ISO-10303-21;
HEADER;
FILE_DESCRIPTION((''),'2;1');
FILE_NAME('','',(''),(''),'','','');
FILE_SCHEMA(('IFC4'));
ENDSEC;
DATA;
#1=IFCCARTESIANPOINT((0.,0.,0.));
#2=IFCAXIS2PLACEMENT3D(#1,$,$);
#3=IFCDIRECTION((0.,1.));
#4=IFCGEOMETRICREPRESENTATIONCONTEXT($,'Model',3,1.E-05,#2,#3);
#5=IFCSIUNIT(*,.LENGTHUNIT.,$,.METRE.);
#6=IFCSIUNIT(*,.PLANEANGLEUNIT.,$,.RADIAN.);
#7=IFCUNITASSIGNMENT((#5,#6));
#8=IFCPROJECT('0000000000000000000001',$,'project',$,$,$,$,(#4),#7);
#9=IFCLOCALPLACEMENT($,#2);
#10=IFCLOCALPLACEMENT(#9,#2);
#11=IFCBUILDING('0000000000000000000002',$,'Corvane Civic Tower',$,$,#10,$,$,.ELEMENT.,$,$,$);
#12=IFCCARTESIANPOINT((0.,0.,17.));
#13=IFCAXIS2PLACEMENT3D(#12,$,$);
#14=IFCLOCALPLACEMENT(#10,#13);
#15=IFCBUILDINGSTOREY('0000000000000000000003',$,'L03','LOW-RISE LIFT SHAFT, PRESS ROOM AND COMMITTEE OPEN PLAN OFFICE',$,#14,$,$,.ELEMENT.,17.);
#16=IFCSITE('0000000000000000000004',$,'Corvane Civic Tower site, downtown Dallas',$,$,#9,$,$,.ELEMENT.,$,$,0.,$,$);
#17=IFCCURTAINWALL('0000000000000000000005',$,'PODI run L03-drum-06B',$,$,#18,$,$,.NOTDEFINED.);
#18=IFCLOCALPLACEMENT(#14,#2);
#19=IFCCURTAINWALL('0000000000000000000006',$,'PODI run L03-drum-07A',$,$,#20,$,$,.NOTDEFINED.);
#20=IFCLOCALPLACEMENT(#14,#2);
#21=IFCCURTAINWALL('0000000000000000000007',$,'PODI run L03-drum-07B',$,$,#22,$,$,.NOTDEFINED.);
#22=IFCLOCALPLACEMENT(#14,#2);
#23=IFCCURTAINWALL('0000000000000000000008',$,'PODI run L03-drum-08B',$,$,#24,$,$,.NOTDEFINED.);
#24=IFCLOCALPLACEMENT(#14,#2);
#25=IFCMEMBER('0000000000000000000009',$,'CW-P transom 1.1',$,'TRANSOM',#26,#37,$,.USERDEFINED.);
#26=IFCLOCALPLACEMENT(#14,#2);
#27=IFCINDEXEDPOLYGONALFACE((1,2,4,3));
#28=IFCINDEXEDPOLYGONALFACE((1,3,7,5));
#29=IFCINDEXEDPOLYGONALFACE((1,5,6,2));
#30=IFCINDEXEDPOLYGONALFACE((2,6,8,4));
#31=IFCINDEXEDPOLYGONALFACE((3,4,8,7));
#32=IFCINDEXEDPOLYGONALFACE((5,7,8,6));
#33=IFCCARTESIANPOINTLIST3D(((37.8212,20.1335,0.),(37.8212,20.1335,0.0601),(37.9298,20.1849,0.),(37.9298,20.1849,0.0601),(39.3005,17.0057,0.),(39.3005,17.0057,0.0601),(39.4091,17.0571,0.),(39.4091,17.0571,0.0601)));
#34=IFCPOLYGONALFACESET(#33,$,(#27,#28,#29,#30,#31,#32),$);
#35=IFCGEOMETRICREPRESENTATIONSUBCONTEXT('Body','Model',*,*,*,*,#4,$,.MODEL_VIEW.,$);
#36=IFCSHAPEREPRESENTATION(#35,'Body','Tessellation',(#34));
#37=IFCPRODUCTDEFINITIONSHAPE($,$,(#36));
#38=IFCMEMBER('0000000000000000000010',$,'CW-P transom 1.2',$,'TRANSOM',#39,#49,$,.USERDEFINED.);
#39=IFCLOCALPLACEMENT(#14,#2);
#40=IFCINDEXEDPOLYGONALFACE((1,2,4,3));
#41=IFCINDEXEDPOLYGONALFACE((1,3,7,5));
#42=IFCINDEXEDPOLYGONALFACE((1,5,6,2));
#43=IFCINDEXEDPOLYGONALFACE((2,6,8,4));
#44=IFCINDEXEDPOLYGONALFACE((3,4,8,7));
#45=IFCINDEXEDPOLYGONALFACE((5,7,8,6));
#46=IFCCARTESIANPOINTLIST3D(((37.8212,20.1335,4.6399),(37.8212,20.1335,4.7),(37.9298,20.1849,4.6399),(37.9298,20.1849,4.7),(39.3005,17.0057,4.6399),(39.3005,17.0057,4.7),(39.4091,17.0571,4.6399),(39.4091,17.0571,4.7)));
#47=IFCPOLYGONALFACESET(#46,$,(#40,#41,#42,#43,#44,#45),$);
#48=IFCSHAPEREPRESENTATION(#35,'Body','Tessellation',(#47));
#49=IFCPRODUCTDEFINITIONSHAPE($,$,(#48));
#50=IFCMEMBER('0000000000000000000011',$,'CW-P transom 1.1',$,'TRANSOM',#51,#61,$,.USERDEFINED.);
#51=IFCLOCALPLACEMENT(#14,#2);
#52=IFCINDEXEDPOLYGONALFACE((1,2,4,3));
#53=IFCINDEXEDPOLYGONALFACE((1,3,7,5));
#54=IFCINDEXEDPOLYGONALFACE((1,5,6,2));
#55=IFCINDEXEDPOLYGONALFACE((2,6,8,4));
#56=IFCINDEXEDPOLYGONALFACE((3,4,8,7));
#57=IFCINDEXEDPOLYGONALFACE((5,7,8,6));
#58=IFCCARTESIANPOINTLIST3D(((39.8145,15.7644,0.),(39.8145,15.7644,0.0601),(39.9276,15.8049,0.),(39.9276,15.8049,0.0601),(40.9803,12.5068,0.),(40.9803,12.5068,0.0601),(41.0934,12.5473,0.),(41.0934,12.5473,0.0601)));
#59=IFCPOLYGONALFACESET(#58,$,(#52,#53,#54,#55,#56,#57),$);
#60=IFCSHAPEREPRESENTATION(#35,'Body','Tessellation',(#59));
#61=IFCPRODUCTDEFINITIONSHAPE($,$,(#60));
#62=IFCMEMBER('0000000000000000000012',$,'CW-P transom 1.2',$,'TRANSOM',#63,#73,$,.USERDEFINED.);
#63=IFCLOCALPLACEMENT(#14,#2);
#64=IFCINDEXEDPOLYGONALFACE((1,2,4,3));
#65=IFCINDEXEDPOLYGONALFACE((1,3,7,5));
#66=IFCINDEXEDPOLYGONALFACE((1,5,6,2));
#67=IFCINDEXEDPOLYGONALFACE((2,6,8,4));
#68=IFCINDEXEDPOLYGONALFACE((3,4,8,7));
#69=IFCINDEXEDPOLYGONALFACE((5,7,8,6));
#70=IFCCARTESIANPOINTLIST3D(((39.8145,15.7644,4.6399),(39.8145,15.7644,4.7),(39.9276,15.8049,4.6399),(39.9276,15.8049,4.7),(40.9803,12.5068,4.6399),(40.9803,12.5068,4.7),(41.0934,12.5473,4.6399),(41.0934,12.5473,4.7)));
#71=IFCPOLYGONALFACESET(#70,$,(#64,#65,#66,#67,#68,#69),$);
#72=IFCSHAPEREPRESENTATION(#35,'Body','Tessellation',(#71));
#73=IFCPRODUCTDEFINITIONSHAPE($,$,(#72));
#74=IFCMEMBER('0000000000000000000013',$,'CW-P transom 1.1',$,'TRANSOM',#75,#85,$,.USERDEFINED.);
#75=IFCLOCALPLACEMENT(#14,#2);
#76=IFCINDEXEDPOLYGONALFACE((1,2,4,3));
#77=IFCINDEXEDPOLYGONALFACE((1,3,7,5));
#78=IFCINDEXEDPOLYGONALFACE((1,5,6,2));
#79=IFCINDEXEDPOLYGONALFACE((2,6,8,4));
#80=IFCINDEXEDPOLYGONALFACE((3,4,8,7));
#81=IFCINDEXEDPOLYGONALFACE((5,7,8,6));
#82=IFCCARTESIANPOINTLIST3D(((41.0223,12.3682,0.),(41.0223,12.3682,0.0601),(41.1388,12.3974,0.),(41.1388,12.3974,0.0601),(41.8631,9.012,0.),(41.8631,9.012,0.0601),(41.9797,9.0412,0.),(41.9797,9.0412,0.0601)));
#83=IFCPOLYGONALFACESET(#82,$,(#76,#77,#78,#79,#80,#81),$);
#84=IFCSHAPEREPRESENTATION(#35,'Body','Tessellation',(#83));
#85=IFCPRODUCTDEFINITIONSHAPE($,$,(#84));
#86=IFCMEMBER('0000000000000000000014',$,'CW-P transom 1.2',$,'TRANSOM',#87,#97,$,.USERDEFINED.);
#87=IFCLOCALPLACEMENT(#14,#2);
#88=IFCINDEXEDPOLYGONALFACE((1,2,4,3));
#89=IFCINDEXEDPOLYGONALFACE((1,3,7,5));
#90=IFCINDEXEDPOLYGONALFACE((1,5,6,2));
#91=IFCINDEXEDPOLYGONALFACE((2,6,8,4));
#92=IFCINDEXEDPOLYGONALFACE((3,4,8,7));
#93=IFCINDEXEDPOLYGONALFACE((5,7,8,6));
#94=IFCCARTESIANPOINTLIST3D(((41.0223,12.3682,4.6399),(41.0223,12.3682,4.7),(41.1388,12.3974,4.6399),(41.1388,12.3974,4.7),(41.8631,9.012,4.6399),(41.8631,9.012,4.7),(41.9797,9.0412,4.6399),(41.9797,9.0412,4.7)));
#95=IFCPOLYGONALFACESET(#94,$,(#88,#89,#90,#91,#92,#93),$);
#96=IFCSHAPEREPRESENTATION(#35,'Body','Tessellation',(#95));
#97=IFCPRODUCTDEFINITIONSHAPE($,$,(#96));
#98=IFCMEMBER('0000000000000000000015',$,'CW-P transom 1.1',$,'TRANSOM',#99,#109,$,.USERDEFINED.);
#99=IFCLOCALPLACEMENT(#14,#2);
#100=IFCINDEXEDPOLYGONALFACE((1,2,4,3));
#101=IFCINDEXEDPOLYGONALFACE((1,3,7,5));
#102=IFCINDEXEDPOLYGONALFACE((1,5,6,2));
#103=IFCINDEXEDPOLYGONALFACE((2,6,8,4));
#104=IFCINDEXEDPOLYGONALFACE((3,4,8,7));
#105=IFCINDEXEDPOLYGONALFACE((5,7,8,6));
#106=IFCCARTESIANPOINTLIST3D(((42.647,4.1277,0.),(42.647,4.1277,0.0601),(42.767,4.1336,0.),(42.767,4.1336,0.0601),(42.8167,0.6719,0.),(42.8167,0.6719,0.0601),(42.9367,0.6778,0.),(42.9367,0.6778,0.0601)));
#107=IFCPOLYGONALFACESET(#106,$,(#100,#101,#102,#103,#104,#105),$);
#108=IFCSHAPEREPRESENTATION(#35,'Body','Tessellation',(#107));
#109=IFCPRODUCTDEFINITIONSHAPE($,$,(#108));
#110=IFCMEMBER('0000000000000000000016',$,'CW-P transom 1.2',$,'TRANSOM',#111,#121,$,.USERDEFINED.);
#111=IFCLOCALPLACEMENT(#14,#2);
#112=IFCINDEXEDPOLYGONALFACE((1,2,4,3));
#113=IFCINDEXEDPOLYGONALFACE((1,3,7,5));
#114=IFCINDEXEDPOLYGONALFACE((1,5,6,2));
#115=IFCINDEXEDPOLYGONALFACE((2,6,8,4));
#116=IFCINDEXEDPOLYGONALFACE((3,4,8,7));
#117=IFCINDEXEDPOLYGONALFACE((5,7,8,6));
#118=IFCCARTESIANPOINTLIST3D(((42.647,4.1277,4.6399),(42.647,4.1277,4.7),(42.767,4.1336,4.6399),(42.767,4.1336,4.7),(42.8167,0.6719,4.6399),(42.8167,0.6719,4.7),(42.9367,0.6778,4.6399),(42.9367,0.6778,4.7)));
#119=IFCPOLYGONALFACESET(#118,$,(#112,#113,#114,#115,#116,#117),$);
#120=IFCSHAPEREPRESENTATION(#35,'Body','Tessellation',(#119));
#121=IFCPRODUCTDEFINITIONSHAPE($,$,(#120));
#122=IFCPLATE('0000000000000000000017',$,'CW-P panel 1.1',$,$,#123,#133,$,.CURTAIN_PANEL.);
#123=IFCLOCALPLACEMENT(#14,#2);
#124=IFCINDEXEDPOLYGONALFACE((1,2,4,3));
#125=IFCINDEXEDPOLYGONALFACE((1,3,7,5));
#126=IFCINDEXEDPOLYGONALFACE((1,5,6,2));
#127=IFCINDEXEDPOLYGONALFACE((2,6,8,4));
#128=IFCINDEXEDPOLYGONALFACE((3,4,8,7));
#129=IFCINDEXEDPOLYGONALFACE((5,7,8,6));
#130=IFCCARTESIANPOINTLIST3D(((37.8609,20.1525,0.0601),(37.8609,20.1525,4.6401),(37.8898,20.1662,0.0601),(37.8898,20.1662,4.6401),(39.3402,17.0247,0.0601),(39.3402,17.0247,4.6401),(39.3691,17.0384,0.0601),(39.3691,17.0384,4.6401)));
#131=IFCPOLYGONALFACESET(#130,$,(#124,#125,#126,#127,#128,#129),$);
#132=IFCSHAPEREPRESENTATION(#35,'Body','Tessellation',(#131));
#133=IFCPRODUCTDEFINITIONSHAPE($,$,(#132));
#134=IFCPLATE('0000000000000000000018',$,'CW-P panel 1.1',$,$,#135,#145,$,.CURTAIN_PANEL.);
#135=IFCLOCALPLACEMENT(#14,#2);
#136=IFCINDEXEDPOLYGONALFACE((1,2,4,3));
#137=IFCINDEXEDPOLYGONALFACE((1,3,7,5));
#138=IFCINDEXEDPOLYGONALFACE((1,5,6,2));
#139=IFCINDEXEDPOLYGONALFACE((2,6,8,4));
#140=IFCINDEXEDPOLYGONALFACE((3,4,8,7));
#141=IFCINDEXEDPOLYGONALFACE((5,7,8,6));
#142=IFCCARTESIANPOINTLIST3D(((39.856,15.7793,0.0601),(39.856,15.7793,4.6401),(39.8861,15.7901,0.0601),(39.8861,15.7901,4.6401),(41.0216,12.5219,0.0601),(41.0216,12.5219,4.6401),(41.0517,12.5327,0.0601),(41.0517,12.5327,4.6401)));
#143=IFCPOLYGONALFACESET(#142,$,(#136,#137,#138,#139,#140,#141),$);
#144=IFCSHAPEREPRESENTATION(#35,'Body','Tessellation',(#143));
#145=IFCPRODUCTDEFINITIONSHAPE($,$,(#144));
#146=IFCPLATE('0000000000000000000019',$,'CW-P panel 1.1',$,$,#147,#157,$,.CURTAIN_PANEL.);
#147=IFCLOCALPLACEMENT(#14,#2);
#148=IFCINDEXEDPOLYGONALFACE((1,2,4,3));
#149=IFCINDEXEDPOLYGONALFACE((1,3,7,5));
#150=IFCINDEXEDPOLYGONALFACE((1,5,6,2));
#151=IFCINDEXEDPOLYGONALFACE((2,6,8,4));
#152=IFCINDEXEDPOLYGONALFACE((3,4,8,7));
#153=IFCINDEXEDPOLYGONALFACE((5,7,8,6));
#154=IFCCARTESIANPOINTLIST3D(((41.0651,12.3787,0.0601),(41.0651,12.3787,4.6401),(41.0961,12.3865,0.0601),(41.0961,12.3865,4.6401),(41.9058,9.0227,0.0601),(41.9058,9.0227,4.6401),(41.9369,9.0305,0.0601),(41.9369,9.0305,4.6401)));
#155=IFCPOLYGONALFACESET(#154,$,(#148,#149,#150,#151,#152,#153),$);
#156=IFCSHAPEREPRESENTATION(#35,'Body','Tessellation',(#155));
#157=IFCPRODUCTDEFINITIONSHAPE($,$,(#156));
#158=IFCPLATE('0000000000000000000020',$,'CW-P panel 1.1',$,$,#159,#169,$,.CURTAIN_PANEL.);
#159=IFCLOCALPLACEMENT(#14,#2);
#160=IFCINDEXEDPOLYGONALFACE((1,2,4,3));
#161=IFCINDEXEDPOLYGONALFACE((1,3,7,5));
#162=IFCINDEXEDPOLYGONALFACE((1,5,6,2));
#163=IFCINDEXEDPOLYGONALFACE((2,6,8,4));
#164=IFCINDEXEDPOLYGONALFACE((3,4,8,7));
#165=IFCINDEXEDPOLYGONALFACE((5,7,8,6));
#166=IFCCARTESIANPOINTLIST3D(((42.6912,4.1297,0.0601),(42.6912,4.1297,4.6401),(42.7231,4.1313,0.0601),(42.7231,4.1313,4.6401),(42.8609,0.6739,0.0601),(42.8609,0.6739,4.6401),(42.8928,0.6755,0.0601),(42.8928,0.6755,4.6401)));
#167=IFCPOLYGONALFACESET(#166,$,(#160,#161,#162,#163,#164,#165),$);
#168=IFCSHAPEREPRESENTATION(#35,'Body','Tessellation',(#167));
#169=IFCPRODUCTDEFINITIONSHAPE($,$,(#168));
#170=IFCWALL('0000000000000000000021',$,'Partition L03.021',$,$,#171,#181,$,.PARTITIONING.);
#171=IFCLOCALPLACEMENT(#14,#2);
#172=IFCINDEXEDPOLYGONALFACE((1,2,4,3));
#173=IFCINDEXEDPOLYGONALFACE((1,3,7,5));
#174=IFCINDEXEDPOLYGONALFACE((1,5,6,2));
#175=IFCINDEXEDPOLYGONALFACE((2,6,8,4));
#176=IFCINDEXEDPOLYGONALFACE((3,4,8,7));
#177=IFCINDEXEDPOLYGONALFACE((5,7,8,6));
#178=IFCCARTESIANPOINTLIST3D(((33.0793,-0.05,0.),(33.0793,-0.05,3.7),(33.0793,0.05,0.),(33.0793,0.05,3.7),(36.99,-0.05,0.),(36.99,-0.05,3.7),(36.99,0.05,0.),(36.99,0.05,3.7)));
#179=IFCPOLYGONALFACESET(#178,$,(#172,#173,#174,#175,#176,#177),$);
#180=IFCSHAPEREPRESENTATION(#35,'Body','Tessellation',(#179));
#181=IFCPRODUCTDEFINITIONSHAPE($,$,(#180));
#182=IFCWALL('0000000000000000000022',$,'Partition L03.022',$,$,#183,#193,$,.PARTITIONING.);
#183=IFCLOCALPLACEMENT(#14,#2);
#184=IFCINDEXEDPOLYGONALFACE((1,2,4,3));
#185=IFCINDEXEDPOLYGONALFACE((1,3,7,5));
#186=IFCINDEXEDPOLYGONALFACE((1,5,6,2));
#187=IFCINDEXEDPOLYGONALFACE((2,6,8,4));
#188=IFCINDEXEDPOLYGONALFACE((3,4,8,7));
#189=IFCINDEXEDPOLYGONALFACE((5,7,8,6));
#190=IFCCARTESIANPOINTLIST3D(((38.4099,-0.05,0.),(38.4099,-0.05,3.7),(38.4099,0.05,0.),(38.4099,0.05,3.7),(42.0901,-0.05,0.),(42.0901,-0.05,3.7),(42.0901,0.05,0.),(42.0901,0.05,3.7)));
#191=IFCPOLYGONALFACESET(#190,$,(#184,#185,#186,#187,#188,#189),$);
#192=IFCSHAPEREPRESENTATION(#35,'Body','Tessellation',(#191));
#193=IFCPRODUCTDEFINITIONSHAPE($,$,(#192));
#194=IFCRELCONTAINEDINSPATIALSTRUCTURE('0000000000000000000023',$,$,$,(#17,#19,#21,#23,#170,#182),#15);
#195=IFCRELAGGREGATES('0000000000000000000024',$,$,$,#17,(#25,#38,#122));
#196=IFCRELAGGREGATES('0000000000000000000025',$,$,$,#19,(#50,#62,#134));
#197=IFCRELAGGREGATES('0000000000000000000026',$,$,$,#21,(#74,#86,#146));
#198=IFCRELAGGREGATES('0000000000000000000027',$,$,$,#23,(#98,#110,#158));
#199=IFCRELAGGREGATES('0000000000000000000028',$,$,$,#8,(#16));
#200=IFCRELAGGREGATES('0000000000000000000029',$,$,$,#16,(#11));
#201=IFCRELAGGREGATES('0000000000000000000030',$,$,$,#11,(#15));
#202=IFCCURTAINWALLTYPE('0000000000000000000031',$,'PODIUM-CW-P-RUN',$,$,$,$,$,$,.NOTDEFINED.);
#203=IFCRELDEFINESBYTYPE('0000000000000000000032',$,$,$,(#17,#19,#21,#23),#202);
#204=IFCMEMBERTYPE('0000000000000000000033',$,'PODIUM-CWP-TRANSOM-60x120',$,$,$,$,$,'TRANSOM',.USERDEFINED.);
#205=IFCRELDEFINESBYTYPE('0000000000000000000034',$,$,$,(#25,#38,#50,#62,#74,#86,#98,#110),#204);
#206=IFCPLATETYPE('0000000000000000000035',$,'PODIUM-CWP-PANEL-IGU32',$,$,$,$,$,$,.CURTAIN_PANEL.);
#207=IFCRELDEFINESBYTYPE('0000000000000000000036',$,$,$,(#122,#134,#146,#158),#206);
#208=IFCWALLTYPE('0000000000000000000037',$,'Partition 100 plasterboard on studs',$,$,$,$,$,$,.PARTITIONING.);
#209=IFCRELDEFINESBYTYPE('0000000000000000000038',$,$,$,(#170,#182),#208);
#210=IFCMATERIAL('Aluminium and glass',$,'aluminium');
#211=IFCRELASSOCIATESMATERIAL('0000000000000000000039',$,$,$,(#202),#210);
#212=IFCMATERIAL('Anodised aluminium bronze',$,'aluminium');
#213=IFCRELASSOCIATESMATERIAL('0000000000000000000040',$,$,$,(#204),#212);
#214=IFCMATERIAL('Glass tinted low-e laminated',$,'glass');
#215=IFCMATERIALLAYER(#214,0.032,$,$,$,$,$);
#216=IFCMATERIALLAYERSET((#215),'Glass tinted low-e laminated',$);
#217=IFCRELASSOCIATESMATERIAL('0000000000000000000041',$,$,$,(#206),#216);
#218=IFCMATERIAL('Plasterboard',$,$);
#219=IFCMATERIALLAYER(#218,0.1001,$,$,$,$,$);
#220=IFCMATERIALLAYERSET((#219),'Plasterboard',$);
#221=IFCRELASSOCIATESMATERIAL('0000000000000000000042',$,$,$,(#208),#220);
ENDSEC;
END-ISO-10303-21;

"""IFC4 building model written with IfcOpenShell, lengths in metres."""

from ifc_helpers import new_model, si_unit, direction, frame, frame_2d, origin, origin_2d, place, context, subcontext, project, spatial, rectangle, extrude, material, layer, layer_set, material_profile, profile_set, type_object, element, aggregate, save


model = new_model("IFC4")

# Units and contexts
model_context = context("Model", 3, precision=1e-05, world=origin(), true_north=direction((0.0, 1.0)))
body_context = subcontext(model_context, "Body", "Model", "MODEL_VIEW")
ifc_project = project(units=[si_unit("LENGTHUNIT", "METRE"), si_unit("PLANEANGLEUNIT", "RADIAN")], contexts=[model_context])

# Site, building, storey
site_placement = place(None, origin())
site = spatial("IfcSite", under=ifc_project, at=site_placement, Name="Corvane Civic Tower site, downtown Dallas", CompositionType="ELEMENT", RefElevation=0.0)
building_placement = place(site_placement, origin())
building = spatial("IfcBuilding", under=site, at=building_placement, Name="Corvane Civic Tower", CompositionType="ELEMENT")
storey_placement = place(building_placement, frame((0.0, 0.0, 17.0)))
storey = spatial("IfcBuildingStorey", under=building, at=storey_placement, Name="L03", Description="LOW-RISE LIFT SHAFT, PRESS ROOM AND COMMITTEE OPEN PLAN OFFICE", CompositionType="ELEMENT", Elevation=17.0)

# Curtain walls
ifc_material_1 = material(Name="Aluminium and glass", Category="aluminium")
curtain_wall_type = type_object("IfcCurtainWallType", Name="PODIUM-CW-P-RUN", PredefinedType="NOTDEFINED", material=ifc_material_1)
curtain_wall_1_placement = place(storey_placement, origin())
curtain_wall_1 = element("IfcCurtainWall", 1, at=curtain_wall_1_placement, inside=storey, type_object=curtain_wall_type, Name="PODI run L03-drum-06B", PredefinedType="NOTDEFINED")
curtain_wall_2_placement = place(storey_placement, origin())
curtain_wall_2 = element("IfcCurtainWall", 2, at=curtain_wall_2_placement, inside=storey, type_object=curtain_wall_type, Name="PODI run L03-drum-07A", PredefinedType="NOTDEFINED")
curtain_wall_3_placement = place(storey_placement, origin())
curtain_wall_3 = element("IfcCurtainWall", 3, at=curtain_wall_3_placement, inside=storey, type_object=curtain_wall_type, Name="PODI run L03-drum-07B", PredefinedType="NOTDEFINED")
curtain_wall_4_placement = place(storey_placement, origin())
curtain_wall_4 = element("IfcCurtainWall", 4, at=curtain_wall_4_placement, inside=storey, type_object=curtain_wall_type, Name="PODI run L03-drum-08B", PredefinedType="NOTDEFINED")

# Members
ifc_material_2 = material(Name="Anodised aluminium bronze", Category="aluminium")
ifc_material_profile_1 = material_profile(ifc_material_2, rectangle(XDim=0.1201, YDim=0.0601, at=origin_2d()), Name="AL 120x60")
ifc_profile_set_1 = profile_set([ifc_material_profile_1], Name="Anodised aluminium bronze")
member_type_1 = type_object("IfcMemberType", Name="PODIUM-CWP-TRANSOM-60x120", ElementType="TRANSOM", PredefinedType="USERDEFINED", material=ifc_profile_set_1)
member_1_placement = place(storey_placement, frame((37.8755, 20.1592, 0.03), z_axis=(0.427546, -0.903993, 0.0), x_axis=(0.903993, 0.427546, 0.0)))
member_1 = element("IfcMember", 5, at=member_1_placement, type_object=member_type_1, Name="CW-P transom 1.1", ObjectType="TRANSOM", PredefinedType="USERDEFINED", context=body_context, shape_type="SweptSolid", body=[
    extrude(rectangle(XDim=0.1201, YDim=0.0601, at=origin_2d()), origin(), (0.0, 0.0, 1.0), 3.46),
])
member_2_placement = place(storey_placement, frame((37.8755, 20.1592, 4.6699), z_axis=(0.427546, -0.903993, 0.0), x_axis=(0.903993, 0.427546, 0.0)))
member_2 = element("IfcMember", 6, at=member_2_placement, type_object=member_type_1, Name="CW-P transom 1.2", ObjectType="TRANSOM", PredefinedType="USERDEFINED", context=body_context, shape_type="SweptSolid", body=[
    extrude(rectangle(XDim=0.1201, YDim=0.0601, at=origin_2d()), origin(), (0.0, 0.0, 1.0), 3.46),
])
member_3_placement = place(storey_placement, frame((39.8711, 15.7847, 0.03), z_axis=(0.33694, -0.941526, 0.0), x_axis=(0.941526, 0.33694, 0.0)))
member_3 = element("IfcMember", 7, at=member_3_placement, type_object=member_type_1, Name="CW-P transom 1.1", ObjectType="TRANSOM", PredefinedType="USERDEFINED", context=body_context, shape_type="SweptSolid", body=[
    extrude(rectangle(XDim=0.1201, YDim=0.0601, at=origin_2d()), origin(), (0.0, 0.0, 1.0), 3.46),
])
member_4_placement = place(storey_placement, frame((39.8711, 15.7847, 4.6699), z_axis=(0.33694, -0.941526, 0.0), x_axis=(0.941526, 0.33694, 0.0)))
member_4 = element("IfcMember", 8, at=member_4_placement, type_object=member_type_1, Name="CW-P transom 1.2", ObjectType="TRANSOM", PredefinedType="USERDEFINED", context=body_context, shape_type="SweptSolid", body=[
    extrude(rectangle(XDim=0.1201, YDim=0.0601, at=origin_2d()), origin(), (0.0, 0.0, 1.0), 3.46),
])
member_5_placement = place(storey_placement, frame((41.0806, 12.3828, 0.03), z_axis=(0.243017, -0.970022, 0.0), x_axis=(0.970022, 0.243017, 0.0)))
member_5 = element("IfcMember", 9, at=member_5_placement, type_object=member_type_1, Name="CW-P transom 1.1", ObjectType="TRANSOM", PredefinedType="USERDEFINED", context=body_context, shape_type="SweptSolid", body=[
    extrude(rectangle(XDim=0.1201, YDim=0.0601, at=origin_2d()), origin(), (0.0, 0.0, 1.0), 3.46),
])
member_6_placement = place(storey_placement, frame((41.0806, 12.3828, 4.6699), z_axis=(0.243017, -0.970022, 0.0), x_axis=(0.970022, 0.243017, 0.0)))
member_6 = element("IfcMember", 10, at=member_6_placement, type_object=member_type_1, Name="CW-P transom 1.2", ObjectType="TRANSOM", PredefinedType="USERDEFINED", context=body_context, shape_type="SweptSolid", body=[
    extrude(rectangle(XDim=0.1201, YDim=0.0601, at=origin_2d()), origin(), (0.0, 0.0, 1.0), 3.46),
])
member_7_placement = place(storey_placement, frame((42.707, 4.1306, 0.03), z_axis=(0.04904, -0.998797, 0.0), x_axis=(0.998797, 0.04904, 0.0)))
member_7 = element("IfcMember", 11, at=member_7_placement, type_object=member_type_1, Name="CW-P transom 1.1", ObjectType="TRANSOM", PredefinedType="USERDEFINED", context=body_context, shape_type="SweptSolid", body=[
    extrude(rectangle(XDim=0.1201, YDim=0.0601, at=origin_2d()), origin(), (0.0, 0.0, 1.0), 3.46),
])
member_8_placement = place(storey_placement, frame((42.707, 4.1306, 4.6699), z_axis=(0.04904, -0.998797, 0.0), x_axis=(0.998797, 0.04904, 0.0)))
member_8 = element("IfcMember", 12, at=member_8_placement, type_object=member_type_1, Name="CW-P transom 1.2", ObjectType="TRANSOM", PredefinedType="USERDEFINED", context=body_context, shape_type="SweptSolid", body=[
    extrude(rectangle(XDim=0.1201, YDim=0.0601, at=origin_2d()), origin(), (0.0, 0.0, 1.0), 3.46),
])

# Plates
ifc_material_3 = material(Name="Glass tinted low-e laminated", Category="glass")
ifc_layer_1 = layer(ifc_material_3, 0.032)
ifc_layer_set_1 = layer_set([ifc_layer_1], Name="Glass tinted low-e laminated")
plate_type = type_object("IfcPlateType", Name="PODIUM-CWP-PANEL-IGU32", PredefinedType="CURTAIN_PANEL", material=ifc_layer_set_1)
plate_1_placement = place(storey_placement, frame((38.615, 18.5955, 0.0601), z_axis=(0.0, 0.0, 1.0), x_axis=(0.427553, -0.90399, 0.0)))
plate_1 = element("IfcPlate", 13, at=plate_1_placement, type_object=plate_type, Name="CW-P panel 1.1", PredefinedType="CURTAIN_PANEL", context=body_context, shape_type="SweptSolid", body=[
    extrude(rectangle(XDim=3.46, YDim=0.032, at=origin_2d()), origin(), (0.0, 0.0, 1.0), 4.5801),
])
aggregate(curtain_wall_1, [member_1, member_2, plate_1])
plate_2_placement = place(storey_placement, frame((40.4539, 14.156, 0.0601), z_axis=(0.0, 0.0, 1.0), x_axis=(0.336919, -0.941534, 0.0)))
plate_2 = element("IfcPlate", 14, at=plate_2_placement, type_object=plate_type, Name="CW-P panel 1.1", PredefinedType="CURTAIN_PANEL", context=body_context, shape_type="SweptSolid", body=[
    extrude(rectangle(XDim=3.4597, YDim=0.032, at=origin_2d()), origin(), (0.0, 0.0, 1.0), 4.5801),
])
aggregate(curtain_wall_2, [member_3, member_4, plate_2])
plate_3_placement = place(storey_placement, frame((41.501, 10.7046, 0.0601), z_axis=(0.0, 0.0, 1.0), x_axis=(0.243009, -0.970024, 0.0)))
plate_3 = element("IfcPlate", 15, at=plate_3_placement, type_object=plate_type, Name="CW-P panel 1.1", PredefinedType="CURTAIN_PANEL", context=body_context, shape_type="SweptSolid", body=[
    extrude(rectangle(XDim=3.4597, YDim=0.032, at=origin_2d()), origin(), (0.0, 0.0, 1.0), 4.5801),
])
aggregate(curtain_wall_3, [member_5, member_6, plate_3])
plate_4_placement = place(storey_placement, frame((42.792, 2.4026, 0.0601), z_axis=(0.0, 0.0, 1.0), x_axis=(0.04905, -0.998796, 0.0)))
plate_4 = element("IfcPlate", 16, at=plate_4_placement, type_object=plate_type, Name="CW-P panel 1.1", PredefinedType="CURTAIN_PANEL", context=body_context, shape_type="SweptSolid", body=[
    extrude(rectangle(XDim=3.46, YDim=0.032, at=origin_2d()), origin(), (0.0, 0.0, 1.0), 4.5801),
])
aggregate(curtain_wall_4, [member_7, member_8, plate_4])

# Walls
ifc_material_4 = material(Name="Plasterboard")
ifc_layer_2 = layer(ifc_material_4, 0.1001)
ifc_layer_set_2 = layer_set([ifc_layer_2], Name="Plasterboard")
wall_type_1 = type_object("IfcWallType", Name="Partition 100 plasterboard on studs", PredefinedType="PARTITIONING", material=ifc_layer_set_2)
wall_1_placement = place(storey_placement, frame((33.0793, 0.0, 0.0), z_axis=(0.0, 0.0, 1.0), x_axis=(1.0, 0.0, 0.0)))
element("IfcWall", 17, at=wall_1_placement, inside=storey, type_object=wall_type_1, Name="Partition L03.021", PredefinedType="PARTITIONING", context=body_context, shape_type="SweptSolid", body=[
    extrude(rectangle(XDim=3.9106, YDim=0.1001, at=frame_2d((1.9553, 0.0))), origin(), (0.0, 0.0, 1.0), 3.7),
])
wall_2_placement = place(storey_placement, frame((38.4099, 0.0, 0.0), z_axis=(0.0, 0.0, 1.0), x_axis=(1.0, 0.0, 0.0)))
element("IfcWall", 18, at=wall_2_placement, inside=storey, type_object=wall_type_1, Name="Partition L03.022", PredefinedType="PARTITIONING", context=body_context, shape_type="SweptSolid", body=[
    extrude(rectangle(XDim=3.6802, YDim=0.1001, at=frame_2d((1.8401, 0.0))), origin(), (0.0, 0.0, 1.0), 3.7),
])

save(model, "model.ifc")
